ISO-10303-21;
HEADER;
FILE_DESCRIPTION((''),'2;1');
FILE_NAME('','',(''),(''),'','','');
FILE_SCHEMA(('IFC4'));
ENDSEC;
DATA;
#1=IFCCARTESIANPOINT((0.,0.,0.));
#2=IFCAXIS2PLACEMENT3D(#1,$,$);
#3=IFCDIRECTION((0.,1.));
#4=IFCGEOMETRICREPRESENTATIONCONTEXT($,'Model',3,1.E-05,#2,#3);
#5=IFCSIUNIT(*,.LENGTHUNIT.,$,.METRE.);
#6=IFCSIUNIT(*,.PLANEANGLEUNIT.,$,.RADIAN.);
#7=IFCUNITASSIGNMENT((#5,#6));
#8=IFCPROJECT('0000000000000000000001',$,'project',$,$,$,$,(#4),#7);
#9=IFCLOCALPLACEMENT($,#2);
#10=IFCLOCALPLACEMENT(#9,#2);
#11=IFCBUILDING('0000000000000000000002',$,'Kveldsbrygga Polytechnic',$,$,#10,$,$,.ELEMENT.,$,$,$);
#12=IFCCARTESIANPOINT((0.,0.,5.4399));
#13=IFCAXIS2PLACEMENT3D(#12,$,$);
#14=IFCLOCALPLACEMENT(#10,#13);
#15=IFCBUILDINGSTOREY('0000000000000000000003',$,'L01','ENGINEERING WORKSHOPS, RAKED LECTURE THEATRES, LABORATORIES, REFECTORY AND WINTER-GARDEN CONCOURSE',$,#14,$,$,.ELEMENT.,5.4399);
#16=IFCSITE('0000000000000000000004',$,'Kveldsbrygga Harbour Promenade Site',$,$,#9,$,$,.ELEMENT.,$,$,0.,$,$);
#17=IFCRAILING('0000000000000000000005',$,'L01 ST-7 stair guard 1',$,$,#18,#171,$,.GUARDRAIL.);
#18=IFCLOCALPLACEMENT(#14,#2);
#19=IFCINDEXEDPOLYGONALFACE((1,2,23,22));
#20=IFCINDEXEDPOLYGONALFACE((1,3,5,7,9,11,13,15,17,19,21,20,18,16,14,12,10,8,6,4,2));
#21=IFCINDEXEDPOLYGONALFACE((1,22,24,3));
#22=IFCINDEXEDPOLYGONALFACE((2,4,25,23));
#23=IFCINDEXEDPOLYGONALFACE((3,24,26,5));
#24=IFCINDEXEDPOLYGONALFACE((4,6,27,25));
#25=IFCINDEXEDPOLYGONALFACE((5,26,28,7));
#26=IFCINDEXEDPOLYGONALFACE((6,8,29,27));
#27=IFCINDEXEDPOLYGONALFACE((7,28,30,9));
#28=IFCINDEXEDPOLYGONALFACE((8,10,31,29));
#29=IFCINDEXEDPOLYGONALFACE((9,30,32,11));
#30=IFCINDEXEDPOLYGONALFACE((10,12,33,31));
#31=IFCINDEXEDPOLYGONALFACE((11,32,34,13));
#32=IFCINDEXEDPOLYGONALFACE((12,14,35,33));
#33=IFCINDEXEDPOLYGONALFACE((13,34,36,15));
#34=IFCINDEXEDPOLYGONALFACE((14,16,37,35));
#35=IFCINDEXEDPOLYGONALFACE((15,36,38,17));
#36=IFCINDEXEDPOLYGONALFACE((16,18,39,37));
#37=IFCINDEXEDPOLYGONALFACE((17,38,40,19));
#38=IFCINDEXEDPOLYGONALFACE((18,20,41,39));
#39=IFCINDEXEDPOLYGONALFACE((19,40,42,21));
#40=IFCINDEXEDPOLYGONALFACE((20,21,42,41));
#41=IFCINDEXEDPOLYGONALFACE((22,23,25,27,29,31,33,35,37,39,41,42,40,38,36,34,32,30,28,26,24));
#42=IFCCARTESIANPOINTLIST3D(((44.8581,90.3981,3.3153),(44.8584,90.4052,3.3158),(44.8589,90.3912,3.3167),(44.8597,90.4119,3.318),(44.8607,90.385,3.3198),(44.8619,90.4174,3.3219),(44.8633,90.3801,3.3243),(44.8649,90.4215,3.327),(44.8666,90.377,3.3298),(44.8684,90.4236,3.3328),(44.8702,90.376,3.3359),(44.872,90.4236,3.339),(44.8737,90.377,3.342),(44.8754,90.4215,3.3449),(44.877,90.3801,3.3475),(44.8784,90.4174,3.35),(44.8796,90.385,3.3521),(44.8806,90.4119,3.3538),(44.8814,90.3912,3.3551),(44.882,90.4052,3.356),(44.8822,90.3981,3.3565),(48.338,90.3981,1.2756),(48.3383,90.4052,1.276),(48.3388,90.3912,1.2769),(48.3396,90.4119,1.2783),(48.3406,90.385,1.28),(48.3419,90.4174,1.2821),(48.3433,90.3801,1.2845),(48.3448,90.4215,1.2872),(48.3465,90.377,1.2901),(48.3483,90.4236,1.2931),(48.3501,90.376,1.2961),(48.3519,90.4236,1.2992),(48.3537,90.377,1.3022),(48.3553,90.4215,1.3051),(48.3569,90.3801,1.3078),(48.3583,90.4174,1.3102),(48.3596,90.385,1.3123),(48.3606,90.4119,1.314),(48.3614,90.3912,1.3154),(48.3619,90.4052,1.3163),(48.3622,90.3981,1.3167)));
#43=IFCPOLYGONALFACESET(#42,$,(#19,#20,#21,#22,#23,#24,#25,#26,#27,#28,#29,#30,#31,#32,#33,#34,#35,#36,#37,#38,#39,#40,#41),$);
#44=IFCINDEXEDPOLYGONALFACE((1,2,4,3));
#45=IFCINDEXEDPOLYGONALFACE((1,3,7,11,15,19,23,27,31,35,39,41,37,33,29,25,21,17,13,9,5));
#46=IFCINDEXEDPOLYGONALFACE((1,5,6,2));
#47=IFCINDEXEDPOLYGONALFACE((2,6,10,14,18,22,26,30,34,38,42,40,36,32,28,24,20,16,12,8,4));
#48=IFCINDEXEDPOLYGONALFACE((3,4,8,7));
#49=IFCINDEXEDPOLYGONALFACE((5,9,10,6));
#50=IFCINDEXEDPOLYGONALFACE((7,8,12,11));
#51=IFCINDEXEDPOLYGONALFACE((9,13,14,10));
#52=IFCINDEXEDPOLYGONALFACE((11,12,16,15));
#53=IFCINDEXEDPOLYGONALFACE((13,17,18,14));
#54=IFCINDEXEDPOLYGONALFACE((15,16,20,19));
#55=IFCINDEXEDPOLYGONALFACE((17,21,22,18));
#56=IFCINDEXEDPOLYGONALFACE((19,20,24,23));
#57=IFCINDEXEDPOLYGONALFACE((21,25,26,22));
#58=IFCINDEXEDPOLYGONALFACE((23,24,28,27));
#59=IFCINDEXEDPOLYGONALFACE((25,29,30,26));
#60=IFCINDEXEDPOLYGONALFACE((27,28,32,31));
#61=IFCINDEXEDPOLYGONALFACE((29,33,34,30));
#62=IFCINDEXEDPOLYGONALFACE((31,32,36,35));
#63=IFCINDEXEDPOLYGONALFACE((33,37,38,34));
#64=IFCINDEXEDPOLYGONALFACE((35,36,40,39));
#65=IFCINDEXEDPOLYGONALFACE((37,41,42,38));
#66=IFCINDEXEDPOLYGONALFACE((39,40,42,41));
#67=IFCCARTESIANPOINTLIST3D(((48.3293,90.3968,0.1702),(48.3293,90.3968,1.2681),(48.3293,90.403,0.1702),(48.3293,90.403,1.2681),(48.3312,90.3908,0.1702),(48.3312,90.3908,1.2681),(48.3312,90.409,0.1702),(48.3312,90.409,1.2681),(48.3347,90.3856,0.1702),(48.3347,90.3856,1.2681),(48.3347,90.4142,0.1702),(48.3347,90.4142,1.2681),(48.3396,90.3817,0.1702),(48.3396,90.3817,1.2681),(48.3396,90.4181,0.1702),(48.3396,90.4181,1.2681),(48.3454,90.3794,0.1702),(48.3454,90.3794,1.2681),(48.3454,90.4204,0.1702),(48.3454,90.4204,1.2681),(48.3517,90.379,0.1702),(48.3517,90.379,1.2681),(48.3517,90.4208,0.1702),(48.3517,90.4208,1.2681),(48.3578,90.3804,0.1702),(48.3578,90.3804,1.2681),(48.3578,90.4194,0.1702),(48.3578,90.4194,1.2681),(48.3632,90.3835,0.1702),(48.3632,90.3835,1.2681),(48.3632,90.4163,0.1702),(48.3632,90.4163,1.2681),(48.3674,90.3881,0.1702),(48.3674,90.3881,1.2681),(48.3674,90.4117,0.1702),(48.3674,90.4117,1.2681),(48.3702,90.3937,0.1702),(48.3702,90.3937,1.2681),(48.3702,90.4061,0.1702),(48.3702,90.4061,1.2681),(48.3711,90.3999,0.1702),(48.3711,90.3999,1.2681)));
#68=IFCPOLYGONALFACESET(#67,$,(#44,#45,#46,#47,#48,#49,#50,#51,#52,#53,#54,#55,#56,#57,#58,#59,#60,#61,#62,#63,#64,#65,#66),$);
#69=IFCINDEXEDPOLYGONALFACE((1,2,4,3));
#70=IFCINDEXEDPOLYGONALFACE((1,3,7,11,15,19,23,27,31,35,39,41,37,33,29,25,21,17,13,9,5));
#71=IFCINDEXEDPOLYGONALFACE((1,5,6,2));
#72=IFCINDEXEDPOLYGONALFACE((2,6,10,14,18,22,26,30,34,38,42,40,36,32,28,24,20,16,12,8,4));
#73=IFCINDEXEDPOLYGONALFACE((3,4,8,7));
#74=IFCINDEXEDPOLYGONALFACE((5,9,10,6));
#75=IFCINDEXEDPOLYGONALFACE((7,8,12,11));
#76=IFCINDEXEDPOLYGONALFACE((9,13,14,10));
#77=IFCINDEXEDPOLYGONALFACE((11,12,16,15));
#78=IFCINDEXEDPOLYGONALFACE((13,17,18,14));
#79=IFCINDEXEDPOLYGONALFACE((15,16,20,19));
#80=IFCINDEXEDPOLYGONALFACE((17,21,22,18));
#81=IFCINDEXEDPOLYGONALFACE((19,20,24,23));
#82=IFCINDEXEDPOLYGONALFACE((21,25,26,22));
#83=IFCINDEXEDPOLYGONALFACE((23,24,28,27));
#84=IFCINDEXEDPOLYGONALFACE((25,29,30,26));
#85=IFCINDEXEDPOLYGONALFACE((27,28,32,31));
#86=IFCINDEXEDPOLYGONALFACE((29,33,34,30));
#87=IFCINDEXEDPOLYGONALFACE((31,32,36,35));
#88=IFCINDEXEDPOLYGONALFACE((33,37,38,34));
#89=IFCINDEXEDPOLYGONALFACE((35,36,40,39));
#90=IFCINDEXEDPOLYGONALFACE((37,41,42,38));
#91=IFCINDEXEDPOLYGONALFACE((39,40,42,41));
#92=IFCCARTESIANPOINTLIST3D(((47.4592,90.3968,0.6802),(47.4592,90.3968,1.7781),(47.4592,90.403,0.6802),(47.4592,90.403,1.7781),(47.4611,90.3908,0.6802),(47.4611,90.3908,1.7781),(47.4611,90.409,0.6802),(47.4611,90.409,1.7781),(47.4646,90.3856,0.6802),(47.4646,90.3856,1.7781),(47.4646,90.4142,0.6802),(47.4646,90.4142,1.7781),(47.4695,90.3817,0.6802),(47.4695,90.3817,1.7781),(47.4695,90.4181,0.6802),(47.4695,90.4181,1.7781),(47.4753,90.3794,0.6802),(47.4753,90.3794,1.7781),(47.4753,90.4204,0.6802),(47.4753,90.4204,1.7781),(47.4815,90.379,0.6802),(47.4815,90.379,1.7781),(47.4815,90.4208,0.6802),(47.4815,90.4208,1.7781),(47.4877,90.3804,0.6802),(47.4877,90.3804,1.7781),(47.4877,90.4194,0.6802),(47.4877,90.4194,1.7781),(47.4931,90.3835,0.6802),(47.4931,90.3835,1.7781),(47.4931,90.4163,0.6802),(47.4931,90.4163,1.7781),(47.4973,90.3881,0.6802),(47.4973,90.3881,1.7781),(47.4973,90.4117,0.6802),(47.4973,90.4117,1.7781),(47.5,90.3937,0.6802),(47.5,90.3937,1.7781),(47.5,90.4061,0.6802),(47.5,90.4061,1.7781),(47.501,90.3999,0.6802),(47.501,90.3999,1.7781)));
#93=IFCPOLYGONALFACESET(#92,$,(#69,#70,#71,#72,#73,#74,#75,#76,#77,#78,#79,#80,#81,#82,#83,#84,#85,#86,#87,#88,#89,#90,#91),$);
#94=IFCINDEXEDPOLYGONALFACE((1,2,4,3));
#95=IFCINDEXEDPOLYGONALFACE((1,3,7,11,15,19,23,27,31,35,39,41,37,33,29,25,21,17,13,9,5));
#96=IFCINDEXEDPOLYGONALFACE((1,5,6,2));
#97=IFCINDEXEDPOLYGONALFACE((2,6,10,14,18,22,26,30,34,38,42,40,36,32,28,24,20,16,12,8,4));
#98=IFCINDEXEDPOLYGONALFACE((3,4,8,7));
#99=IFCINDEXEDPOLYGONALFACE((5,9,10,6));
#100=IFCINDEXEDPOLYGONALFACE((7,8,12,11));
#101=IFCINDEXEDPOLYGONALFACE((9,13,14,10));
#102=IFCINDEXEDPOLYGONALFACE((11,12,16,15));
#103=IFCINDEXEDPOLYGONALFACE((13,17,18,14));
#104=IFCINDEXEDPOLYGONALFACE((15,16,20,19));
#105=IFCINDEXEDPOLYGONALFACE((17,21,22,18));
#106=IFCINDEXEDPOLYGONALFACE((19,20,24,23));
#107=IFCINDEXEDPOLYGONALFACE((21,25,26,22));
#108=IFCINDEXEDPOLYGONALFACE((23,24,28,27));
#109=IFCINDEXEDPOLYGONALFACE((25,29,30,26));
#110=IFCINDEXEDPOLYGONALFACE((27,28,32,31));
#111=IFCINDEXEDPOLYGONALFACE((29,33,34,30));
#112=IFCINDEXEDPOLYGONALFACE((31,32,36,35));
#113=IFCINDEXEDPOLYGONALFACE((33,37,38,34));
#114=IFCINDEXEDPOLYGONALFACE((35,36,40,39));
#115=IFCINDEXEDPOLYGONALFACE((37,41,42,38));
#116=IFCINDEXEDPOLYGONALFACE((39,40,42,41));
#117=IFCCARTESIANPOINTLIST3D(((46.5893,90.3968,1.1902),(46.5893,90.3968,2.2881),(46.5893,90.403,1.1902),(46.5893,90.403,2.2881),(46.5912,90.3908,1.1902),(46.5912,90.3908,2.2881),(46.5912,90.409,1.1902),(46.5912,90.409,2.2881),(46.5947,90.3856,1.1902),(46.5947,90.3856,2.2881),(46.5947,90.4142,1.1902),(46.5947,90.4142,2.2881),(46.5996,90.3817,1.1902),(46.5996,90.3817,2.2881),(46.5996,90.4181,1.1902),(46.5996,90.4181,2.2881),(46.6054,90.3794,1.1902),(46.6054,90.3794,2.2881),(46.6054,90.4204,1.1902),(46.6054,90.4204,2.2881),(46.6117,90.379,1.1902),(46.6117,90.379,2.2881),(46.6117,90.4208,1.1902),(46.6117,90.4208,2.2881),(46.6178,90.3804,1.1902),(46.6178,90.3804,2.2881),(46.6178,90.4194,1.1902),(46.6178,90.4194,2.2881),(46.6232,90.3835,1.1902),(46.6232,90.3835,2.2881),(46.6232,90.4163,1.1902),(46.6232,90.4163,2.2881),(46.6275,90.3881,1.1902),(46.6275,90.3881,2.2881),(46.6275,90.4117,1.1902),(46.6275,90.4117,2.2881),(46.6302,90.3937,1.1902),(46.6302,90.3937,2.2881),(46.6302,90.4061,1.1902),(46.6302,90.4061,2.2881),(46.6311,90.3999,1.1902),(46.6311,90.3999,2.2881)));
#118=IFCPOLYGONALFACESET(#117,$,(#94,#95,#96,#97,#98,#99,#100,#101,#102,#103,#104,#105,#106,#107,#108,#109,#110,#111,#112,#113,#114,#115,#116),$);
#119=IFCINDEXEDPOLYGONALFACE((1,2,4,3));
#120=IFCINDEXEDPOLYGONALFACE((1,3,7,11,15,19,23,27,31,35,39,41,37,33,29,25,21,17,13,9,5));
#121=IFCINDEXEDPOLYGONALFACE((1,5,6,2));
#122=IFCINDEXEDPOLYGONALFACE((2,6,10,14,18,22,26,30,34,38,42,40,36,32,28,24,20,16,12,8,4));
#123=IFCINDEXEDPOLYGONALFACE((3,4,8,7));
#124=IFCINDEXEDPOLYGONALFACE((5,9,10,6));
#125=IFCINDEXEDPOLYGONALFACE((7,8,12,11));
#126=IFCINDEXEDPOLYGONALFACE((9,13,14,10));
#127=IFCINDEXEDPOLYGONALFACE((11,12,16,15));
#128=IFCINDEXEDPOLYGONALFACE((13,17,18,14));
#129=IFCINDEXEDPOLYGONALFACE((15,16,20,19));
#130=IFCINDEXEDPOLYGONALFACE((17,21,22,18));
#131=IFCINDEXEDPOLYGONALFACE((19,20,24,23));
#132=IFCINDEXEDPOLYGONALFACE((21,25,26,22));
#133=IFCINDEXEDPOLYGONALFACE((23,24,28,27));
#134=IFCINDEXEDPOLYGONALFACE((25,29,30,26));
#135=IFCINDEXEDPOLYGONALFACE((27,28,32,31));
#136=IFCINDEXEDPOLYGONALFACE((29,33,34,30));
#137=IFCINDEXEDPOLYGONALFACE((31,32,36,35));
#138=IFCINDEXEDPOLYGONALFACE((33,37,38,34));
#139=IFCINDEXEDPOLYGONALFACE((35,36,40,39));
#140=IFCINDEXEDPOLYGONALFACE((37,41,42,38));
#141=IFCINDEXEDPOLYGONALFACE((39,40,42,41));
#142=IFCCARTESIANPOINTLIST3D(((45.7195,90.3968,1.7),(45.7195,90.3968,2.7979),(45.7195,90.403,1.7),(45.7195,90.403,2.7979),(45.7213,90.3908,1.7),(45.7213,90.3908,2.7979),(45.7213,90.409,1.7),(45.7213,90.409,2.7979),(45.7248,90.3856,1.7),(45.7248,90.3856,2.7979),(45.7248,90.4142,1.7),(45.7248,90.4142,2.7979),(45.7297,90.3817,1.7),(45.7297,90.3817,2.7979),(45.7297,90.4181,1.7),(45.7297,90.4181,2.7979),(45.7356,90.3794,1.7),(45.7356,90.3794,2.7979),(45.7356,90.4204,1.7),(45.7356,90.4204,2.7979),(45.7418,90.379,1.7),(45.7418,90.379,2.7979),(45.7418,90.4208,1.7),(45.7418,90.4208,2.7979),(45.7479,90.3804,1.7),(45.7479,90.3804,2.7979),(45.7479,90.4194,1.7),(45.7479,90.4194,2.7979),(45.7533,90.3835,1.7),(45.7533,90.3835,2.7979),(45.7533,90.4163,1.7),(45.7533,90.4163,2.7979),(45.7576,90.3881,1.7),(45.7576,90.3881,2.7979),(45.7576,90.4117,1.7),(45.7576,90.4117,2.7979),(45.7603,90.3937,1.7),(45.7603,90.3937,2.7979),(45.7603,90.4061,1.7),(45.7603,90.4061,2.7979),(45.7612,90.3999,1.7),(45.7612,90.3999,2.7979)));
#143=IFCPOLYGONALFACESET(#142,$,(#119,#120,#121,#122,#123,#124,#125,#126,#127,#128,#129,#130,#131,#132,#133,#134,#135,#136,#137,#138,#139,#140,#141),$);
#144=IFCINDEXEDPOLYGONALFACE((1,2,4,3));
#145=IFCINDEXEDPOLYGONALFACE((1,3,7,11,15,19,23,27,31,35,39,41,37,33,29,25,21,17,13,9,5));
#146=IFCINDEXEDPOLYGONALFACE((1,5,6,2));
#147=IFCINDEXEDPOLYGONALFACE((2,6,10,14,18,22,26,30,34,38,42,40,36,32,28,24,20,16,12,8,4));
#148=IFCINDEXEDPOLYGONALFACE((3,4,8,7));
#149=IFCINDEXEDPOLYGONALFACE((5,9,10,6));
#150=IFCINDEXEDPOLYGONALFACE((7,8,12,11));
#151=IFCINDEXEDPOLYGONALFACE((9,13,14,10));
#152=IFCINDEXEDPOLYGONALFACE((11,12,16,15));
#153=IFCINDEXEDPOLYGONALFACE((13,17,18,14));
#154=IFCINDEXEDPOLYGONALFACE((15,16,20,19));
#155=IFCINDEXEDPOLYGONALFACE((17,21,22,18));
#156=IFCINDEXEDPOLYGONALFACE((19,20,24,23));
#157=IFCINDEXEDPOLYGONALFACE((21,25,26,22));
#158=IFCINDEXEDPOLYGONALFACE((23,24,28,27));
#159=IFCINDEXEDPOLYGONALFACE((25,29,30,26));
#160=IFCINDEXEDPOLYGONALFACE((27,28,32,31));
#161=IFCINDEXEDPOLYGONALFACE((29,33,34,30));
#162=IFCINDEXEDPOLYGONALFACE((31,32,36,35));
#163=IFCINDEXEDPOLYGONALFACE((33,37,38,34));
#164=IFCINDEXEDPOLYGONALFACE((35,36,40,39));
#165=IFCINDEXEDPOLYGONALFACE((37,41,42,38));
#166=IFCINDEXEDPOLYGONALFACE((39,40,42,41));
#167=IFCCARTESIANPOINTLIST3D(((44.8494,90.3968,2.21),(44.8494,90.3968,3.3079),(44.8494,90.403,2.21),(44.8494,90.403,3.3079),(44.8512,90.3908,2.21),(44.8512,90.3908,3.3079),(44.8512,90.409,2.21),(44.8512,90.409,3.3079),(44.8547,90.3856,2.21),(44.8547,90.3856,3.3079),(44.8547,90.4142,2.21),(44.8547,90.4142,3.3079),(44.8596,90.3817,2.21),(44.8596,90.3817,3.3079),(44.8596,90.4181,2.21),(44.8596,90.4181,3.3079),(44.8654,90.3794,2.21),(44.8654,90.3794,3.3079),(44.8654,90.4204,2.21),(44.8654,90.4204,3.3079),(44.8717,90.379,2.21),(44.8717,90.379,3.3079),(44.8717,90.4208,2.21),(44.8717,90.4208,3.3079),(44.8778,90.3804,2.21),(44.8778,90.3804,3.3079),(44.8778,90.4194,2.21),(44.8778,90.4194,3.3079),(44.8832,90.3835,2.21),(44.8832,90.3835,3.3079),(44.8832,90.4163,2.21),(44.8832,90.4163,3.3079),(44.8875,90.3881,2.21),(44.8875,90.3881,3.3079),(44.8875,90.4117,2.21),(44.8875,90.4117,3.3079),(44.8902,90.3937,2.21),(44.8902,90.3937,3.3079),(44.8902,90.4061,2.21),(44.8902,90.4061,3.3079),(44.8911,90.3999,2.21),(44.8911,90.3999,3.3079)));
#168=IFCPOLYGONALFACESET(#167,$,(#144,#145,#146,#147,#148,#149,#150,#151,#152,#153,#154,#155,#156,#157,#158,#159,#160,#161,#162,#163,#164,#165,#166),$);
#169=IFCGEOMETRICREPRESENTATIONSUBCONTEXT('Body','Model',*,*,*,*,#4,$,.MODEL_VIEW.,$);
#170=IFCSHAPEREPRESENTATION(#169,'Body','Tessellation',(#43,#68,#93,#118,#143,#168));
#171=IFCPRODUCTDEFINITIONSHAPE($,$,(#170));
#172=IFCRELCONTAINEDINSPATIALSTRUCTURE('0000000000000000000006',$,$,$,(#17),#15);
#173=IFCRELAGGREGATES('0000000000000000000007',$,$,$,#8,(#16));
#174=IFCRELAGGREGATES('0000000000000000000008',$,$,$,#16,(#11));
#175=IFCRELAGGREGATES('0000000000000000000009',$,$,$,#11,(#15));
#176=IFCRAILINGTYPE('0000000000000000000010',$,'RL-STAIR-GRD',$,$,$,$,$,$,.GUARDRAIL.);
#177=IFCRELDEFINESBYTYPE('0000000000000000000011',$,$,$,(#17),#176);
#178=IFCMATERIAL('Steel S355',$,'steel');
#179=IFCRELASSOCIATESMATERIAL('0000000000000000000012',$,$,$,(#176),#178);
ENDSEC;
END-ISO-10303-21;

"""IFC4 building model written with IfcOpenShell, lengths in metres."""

from ifc_helpers import new_model, si_unit, direction, frame, origin, origin_2d, place, context, subcontext, project, spatial, circle, extrude, material, type_object, element, save


model = new_model("IFC4")

# Units and contexts
model_context = context("Model", 3, precision=1e-05, world=origin(), true_north=direction((0.0, 1.0)))
body_context = subcontext(model_context, "Body", "Model", "MODEL_VIEW")
ifc_project = project(units=[si_unit("LENGTHUNIT", "METRE"), si_unit("PLANEANGLEUNIT", "RADIAN")], contexts=[model_context])

# Site, building, storey
site_placement = place(None, origin())
site = spatial("IfcSite", under=ifc_project, at=site_placement, Name="Kveldsbrygga Harbour Promenade Site", CompositionType="ELEMENT", RefElevation=0.0)
building_placement = place(site_placement, origin())
building = spatial("IfcBuilding", under=site, at=building_placement, Name="Kveldsbrygga Polytechnic", CompositionType="ELEMENT")
storey_placement = place(building_placement, frame((0.0, 0.0, 5.4399)))
storey = spatial("IfcBuildingStorey", under=building, at=storey_placement, Name="L01", Description="ENGINEERING WORKSHOPS, RAKED LECTURE THEATRES, LABORATORIES, REFECTORY AND WINTER-GARDEN CONCOURSE", CompositionType="ELEMENT", Elevation=5.4399)

# Shared definitions
ifc_material_1 = material(Name="Steel S355", Category="steel")

# Railing
railing_type_1 = type_object("IfcRailingType", Name="RL-STAIR-GRD", PredefinedType="GUARDRAIL", material=ifc_material_1)
railing_1_placement = place(storey_placement, frame((48.3501, 90.3999, 0.1702)))
element("IfcRailing", 1, at=railing_1_placement, inside=storey, type_object=railing_type_1, Name="L01 ST-7 stair guard 1", PredefinedType="GUARDRAIL", context=body_context, shape_type="SweptSolid", body=[
    extrude(circle(Radius=0.0239, at=origin_2d()), frame((0.0, 0.0, 1.126), z_axis=(-0.862719, 0.0, 0.505684), x_axis=(0.0, -1.0, 0.0)), (0.0, 0.0, 1.0), 4.0337),
    extrude(circle(Radius=0.021, at=origin_2d()), origin(), (0.0, 0.0, 1.0), 1.0979),
    extrude(circle(Radius=0.021, at=origin_2d()), frame((-0.8701, 0.0, 0.51)), (0.0, 0.0, 1.0), 1.0979),
    extrude(circle(Radius=0.021, at=origin_2d()), frame((-1.74, 0.0, 1.02)), (0.0, 0.0, 1.0), 1.0979),
    extrude(circle(Radius=0.021, at=origin_2d()), frame((-2.6099, 0.0, 1.5298)), (0.0, 0.0, 1.0), 1.0979),
    extrude(circle(Radius=0.021, at=origin_2d()), frame((-3.48, 0.0, 2.0398)), (0.0, 0.0, 1.0), 1.0979),
])

save(model, "model.ifc")
